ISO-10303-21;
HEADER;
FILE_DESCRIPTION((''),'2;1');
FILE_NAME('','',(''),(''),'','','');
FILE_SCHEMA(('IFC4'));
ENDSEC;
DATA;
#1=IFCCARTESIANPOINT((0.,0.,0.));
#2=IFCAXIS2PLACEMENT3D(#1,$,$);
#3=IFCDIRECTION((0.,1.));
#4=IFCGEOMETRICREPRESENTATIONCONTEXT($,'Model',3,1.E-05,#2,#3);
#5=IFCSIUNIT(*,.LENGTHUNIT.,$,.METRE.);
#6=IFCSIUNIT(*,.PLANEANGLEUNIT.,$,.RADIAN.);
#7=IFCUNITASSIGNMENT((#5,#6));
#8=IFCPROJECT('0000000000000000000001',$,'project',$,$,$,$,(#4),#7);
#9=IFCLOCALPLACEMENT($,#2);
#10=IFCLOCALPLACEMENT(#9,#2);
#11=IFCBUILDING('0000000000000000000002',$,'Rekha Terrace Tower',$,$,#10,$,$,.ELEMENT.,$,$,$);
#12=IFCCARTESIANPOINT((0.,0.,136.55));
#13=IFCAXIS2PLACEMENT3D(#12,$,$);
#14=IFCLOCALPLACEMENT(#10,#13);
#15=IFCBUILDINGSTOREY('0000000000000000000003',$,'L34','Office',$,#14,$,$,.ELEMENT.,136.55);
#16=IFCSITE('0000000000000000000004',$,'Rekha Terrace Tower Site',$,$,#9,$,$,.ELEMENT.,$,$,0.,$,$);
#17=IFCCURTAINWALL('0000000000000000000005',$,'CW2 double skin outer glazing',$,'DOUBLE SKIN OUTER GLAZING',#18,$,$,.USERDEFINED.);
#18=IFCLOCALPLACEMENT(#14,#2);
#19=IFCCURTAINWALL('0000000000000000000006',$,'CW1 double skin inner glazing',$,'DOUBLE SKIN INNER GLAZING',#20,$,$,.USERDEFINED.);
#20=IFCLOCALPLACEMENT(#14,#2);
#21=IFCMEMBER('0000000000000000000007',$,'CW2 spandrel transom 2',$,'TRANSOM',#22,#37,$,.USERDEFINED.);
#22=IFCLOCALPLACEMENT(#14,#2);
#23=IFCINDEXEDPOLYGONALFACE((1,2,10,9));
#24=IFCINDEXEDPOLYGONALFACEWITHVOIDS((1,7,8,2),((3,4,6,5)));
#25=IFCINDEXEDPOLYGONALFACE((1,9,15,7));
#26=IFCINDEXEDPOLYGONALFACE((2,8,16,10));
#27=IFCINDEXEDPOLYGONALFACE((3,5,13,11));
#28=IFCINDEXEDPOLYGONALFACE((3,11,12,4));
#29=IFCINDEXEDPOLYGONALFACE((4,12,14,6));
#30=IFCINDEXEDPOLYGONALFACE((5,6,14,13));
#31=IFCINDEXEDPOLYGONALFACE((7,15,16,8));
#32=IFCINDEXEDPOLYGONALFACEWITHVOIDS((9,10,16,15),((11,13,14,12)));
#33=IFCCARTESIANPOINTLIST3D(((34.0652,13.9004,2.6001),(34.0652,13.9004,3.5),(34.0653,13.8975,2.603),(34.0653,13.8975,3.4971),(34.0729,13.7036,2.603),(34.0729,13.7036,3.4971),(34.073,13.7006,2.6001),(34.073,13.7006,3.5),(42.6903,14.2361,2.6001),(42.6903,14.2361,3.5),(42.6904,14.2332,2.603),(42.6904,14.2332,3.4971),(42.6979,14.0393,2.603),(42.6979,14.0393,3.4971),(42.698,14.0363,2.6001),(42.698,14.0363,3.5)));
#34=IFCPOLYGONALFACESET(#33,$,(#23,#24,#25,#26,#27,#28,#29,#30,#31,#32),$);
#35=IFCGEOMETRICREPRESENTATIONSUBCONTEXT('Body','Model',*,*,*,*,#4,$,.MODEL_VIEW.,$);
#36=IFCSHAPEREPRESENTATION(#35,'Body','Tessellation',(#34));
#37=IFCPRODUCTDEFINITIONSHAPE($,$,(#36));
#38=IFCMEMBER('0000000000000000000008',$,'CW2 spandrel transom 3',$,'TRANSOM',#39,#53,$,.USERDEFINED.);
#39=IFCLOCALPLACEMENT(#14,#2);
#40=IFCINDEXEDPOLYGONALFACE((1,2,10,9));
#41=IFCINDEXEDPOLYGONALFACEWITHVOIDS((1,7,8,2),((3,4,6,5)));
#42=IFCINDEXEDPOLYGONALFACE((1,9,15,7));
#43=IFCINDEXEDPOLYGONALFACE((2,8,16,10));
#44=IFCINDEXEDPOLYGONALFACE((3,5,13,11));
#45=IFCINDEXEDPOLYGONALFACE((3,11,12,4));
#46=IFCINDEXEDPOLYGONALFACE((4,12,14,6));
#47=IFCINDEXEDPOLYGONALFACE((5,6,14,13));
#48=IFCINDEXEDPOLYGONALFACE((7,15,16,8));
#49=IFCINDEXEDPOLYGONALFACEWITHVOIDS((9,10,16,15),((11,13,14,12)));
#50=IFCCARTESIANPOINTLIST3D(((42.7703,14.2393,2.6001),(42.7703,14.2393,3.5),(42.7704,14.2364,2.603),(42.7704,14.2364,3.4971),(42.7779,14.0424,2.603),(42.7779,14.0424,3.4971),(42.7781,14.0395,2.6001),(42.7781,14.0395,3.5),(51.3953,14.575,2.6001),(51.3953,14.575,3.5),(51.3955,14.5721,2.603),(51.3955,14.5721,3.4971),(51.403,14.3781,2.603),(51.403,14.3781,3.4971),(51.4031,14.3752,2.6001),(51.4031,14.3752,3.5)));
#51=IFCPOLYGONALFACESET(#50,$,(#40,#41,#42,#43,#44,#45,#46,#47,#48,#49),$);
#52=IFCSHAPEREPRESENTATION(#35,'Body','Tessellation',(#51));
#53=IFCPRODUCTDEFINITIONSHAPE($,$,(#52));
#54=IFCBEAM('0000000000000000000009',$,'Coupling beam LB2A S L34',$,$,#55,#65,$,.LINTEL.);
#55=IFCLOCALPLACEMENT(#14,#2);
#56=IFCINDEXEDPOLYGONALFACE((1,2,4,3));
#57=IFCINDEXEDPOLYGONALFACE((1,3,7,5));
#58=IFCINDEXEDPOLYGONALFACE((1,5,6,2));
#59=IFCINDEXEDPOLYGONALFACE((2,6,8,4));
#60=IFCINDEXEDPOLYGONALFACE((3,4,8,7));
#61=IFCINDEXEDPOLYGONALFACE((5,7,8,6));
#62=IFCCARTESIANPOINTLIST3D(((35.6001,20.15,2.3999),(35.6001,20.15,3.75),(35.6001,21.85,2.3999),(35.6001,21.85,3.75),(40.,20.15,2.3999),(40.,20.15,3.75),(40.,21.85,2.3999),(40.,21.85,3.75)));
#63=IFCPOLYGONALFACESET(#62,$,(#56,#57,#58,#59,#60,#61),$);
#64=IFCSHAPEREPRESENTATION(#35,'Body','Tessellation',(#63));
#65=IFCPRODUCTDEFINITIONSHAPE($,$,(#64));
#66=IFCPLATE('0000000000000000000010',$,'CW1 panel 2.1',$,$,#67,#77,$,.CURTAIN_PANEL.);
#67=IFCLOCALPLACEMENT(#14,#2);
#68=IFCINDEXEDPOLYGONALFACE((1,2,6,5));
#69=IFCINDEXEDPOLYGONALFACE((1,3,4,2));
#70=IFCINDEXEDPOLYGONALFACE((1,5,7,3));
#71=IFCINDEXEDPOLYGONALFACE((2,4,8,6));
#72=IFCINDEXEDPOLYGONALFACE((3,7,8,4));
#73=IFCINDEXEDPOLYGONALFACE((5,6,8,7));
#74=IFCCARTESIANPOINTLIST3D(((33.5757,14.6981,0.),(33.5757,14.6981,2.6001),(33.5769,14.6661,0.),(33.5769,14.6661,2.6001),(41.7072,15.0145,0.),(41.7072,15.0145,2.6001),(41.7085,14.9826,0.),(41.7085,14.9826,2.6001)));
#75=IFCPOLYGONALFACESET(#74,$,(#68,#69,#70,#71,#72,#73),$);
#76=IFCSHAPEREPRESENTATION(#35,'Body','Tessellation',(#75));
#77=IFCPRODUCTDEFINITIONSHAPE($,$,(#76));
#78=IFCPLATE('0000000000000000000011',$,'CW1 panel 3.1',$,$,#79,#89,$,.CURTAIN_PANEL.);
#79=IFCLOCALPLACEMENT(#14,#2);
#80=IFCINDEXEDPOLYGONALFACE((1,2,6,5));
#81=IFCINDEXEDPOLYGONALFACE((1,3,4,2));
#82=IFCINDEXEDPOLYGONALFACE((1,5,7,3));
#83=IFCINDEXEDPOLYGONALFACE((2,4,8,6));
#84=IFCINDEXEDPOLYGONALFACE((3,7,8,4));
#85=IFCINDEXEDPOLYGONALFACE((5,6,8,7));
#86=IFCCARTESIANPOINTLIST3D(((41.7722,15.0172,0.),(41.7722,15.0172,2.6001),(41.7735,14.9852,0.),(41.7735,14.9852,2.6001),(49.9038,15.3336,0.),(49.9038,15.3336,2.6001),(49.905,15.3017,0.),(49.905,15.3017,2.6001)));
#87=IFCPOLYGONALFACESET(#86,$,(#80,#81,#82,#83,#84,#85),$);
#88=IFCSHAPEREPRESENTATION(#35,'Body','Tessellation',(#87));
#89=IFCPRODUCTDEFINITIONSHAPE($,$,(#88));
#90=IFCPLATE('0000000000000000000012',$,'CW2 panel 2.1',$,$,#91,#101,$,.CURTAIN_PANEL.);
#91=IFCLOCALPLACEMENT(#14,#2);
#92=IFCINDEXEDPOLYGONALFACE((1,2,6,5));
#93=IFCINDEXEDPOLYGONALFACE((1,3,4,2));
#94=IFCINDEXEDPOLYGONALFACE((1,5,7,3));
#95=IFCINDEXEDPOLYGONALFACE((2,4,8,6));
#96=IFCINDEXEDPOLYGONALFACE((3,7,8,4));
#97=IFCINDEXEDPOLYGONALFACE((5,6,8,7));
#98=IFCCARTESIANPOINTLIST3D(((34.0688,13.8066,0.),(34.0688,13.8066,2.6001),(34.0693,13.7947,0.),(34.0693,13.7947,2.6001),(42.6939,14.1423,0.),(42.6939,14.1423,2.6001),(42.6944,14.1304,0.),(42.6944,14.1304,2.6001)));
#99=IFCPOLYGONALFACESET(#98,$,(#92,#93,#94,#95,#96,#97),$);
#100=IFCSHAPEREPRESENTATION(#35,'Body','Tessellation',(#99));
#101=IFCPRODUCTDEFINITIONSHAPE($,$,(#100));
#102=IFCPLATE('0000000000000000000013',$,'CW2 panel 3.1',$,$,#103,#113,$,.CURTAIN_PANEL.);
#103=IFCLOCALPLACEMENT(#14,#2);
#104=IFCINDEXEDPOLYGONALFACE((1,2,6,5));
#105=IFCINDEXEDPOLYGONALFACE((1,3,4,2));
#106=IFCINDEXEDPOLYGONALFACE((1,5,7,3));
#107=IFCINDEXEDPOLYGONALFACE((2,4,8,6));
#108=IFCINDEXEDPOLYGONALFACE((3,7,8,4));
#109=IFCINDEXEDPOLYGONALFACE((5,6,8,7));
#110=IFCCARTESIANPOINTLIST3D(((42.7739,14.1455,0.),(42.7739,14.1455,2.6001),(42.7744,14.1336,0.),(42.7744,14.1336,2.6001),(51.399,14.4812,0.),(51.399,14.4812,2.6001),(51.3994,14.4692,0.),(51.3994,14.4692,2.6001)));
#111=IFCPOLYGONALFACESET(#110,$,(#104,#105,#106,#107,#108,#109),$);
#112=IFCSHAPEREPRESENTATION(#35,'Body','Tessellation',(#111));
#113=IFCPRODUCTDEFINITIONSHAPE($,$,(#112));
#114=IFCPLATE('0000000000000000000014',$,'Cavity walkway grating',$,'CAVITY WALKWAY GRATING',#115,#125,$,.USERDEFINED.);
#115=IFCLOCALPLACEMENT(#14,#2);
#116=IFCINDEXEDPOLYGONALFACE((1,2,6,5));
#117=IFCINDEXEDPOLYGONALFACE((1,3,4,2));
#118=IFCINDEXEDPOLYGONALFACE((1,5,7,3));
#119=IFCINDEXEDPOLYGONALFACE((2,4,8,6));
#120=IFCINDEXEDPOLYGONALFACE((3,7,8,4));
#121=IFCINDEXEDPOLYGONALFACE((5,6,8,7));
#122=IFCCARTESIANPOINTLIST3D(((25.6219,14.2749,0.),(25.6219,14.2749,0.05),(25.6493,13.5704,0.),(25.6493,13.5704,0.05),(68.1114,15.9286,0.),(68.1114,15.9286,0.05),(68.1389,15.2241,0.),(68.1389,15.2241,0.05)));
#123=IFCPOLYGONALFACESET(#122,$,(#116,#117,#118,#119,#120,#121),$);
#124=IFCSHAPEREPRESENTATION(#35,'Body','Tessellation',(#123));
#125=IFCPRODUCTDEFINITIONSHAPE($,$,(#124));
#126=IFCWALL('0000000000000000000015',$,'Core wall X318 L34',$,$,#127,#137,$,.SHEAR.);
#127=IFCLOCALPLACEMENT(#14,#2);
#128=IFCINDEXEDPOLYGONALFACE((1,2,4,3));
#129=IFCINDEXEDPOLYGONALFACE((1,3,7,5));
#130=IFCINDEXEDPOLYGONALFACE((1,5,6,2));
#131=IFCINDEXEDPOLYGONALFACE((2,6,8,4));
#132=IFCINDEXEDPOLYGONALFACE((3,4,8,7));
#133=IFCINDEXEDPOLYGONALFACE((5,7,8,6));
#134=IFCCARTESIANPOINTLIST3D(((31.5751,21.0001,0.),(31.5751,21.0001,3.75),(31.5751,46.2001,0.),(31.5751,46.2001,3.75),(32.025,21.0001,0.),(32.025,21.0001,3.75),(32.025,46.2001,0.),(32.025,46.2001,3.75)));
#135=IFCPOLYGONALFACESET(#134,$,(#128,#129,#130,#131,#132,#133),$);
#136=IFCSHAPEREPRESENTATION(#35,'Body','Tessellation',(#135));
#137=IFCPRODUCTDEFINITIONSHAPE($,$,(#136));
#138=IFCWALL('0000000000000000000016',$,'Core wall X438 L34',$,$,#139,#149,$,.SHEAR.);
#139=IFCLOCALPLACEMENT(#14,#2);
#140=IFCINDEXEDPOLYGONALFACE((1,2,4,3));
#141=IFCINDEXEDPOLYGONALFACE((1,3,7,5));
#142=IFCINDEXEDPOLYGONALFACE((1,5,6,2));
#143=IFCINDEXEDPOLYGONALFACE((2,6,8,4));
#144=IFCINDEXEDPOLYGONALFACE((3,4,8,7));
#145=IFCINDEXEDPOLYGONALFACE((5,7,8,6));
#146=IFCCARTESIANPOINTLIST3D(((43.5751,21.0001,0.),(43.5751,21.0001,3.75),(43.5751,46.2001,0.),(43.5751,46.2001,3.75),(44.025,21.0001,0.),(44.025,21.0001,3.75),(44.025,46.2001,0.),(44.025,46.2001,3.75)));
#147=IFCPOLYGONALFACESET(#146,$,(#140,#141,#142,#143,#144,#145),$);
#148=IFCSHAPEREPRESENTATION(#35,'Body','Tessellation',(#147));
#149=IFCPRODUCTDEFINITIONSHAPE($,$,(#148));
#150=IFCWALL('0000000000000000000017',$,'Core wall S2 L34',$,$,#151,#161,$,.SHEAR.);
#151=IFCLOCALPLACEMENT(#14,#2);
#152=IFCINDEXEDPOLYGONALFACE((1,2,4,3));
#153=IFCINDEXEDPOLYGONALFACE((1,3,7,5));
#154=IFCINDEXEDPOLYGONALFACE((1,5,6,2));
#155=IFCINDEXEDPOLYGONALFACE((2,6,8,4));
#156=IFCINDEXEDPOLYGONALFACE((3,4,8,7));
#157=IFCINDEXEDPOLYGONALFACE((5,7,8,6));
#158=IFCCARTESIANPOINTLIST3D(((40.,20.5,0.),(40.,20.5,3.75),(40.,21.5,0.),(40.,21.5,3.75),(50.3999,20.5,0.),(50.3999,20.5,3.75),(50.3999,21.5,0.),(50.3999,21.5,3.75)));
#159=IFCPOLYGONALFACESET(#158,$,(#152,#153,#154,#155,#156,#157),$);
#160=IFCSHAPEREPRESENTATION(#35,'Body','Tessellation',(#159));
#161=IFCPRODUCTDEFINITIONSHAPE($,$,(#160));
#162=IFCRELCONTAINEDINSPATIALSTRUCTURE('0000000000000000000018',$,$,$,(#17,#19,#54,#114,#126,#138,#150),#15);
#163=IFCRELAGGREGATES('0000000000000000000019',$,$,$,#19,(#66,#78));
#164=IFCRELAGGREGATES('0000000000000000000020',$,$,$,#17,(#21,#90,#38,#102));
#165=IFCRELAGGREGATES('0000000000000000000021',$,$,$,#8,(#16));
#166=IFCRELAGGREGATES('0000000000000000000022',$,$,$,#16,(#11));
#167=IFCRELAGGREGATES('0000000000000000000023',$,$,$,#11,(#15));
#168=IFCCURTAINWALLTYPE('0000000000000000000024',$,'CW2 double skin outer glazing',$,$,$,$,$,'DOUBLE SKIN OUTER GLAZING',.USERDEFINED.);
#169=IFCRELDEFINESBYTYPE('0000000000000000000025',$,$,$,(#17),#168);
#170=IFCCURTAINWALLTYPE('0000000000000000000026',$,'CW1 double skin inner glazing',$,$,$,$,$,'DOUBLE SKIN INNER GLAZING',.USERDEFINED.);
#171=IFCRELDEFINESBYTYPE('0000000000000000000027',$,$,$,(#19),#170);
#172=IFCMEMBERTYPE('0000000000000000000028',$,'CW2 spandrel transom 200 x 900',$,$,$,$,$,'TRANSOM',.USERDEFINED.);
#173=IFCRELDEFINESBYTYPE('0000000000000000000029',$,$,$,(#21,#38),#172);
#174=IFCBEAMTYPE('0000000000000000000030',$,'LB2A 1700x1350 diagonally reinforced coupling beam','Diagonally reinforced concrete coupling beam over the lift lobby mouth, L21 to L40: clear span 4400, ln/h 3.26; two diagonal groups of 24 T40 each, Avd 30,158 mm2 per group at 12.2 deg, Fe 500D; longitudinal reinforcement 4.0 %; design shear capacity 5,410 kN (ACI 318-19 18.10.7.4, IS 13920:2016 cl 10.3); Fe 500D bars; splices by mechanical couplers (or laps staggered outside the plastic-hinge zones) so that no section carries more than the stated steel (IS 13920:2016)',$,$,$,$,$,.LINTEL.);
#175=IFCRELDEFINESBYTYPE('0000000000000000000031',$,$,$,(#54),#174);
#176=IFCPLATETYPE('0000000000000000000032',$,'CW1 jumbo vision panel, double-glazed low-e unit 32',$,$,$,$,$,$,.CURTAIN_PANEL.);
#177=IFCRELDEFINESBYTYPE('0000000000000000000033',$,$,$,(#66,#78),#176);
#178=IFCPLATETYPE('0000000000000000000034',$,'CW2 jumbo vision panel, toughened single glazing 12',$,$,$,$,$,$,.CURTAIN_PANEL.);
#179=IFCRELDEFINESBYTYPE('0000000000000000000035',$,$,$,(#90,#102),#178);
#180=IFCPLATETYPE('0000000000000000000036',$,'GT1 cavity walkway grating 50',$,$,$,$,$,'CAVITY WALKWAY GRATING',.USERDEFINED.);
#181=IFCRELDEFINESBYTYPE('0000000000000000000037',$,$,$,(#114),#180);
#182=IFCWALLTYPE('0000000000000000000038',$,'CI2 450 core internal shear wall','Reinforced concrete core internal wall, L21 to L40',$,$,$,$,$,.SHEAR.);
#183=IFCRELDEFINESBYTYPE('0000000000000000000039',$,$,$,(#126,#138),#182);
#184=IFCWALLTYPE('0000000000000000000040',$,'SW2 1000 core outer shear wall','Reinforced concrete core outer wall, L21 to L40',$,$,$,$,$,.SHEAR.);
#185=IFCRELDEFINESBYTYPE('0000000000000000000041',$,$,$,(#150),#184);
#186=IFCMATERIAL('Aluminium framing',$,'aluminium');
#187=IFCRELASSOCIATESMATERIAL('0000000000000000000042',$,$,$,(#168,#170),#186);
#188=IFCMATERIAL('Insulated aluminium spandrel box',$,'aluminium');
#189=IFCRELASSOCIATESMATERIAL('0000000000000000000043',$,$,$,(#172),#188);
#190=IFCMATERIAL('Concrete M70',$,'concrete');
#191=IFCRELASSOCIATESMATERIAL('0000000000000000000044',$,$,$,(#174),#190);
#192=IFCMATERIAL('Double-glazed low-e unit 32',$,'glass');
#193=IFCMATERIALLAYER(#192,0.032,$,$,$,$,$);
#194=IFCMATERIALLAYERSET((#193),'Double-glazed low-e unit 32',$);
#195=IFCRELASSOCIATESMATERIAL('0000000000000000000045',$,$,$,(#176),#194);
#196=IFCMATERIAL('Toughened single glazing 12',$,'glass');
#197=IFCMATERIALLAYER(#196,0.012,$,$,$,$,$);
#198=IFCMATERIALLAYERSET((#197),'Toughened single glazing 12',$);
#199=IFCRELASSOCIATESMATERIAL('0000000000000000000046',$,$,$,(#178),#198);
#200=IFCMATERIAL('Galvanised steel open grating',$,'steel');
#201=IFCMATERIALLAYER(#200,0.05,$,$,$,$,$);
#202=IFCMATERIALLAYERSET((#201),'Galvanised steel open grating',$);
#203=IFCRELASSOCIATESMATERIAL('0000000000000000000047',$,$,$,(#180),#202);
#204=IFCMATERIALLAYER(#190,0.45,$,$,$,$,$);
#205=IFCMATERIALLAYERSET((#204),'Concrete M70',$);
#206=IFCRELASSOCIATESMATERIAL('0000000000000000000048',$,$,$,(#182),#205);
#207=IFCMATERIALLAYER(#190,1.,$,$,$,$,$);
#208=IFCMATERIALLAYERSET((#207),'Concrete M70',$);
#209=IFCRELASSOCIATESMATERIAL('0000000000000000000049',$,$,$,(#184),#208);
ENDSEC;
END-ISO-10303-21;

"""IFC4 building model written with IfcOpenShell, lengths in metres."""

from ifc_helpers import new_model, si_unit, direction, frame, frame_2d, origin, origin_2d, place, context, subcontext, project, spatial, rectangle, hollow_rectangle, extrude, material, layer, layer_set, material_profile, profile_set, type_object, element, aggregate, save


model = new_model("IFC4")

# Units and contexts
model_context = context("Model", 3, precision=1e-05, world=origin(), true_north=direction((0.0, 1.0)))
body_context = subcontext(model_context, "Body", "Model", "MODEL_VIEW")
ifc_project = project(units=[si_unit("LENGTHUNIT", "METRE"), si_unit("PLANEANGLEUNIT", "RADIAN")], contexts=[model_context])

# Site, building, storey
site_placement = place(None, origin())
site = spatial("IfcSite", under=ifc_project, at=site_placement, Name="Rekha Terrace Tower Site", CompositionType="ELEMENT", RefElevation=0.0)
building_placement = place(site_placement, origin())
building = spatial("IfcBuilding", under=site, at=building_placement, Name="Rekha Terrace Tower", CompositionType="ELEMENT")
storey_placement = place(building_placement, frame((0.0, 0.0, 136.55)))
storey = spatial("IfcBuildingStorey", under=building, at=storey_placement, Name="L34", Description="Office", CompositionType="ELEMENT", Elevation=136.55)

# Shared definitions
ifc_material_1 = material(Name="Concrete M70", Category="concrete")

# Curtain walls
ifc_material_2 = material(Name="Aluminium framing", Category="aluminium")
curtain_wall_type_1 = type_object("IfcCurtainWallType", Name="CW2 double skin outer glazing", ElementType="DOUBLE SKIN OUTER GLAZING", PredefinedType="USERDEFINED", material=ifc_material_2)
curtain_wall_1_placement = place(storey_placement, origin())
curtain_wall_1 = element("IfcCurtainWall", 1, at=curtain_wall_1_placement, inside=storey, type_object=curtain_wall_type_1, Name="CW2 double skin outer glazing", ObjectType="DOUBLE SKIN OUTER GLAZING", PredefinedType="USERDEFINED")
curtain_wall_type_2 = type_object("IfcCurtainWallType", Name="CW1 double skin inner glazing", ElementType="DOUBLE SKIN INNER GLAZING", PredefinedType="USERDEFINED", material=ifc_material_2)
curtain_wall_2_placement = place(storey_placement, origin())
curtain_wall_2 = element("IfcCurtainWall", 2, at=curtain_wall_2_placement, inside=storey, type_object=curtain_wall_type_2, Name="CW1 double skin inner glazing", ObjectType="DOUBLE SKIN INNER GLAZING", PredefinedType="USERDEFINED")
ifc_material_3 = material(Name="Insulated aluminium spandrel box", Category="aluminium")

# Members
ifc_material_profile_1 = material_profile(ifc_material_3, hollow_rectangle(XDim=0.2, YDim=0.8999, WallThickness=0.0029, at=origin_2d()), Name="AL SPANDREL BOX 200x900")
ifc_profile_set_1 = profile_set([ifc_material_profile_1], Name="Insulated aluminium spandrel box")
member_type_1 = type_object("IfcMemberType", Name="CW2 spandrel transom 200 x 900", ElementType="TRANSOM", PredefinedType="USERDEFINED", material=ifc_profile_set_1)
member_1_placement = place(storey_placement, frame((34.0691, 13.8005, 3.05), z_axis=(0.999243, 0.038892, 0.0), x_axis=(-0.038892, 0.999243, 0.0)))
member_1 = element("IfcMember", 3, at=member_1_placement, type_object=member_type_1, Name="CW2 spandrel transom 2", ObjectType="TRANSOM", PredefinedType="USERDEFINED", context=body_context, shape_type="SweptSolid", body=[
    extrude(hollow_rectangle(XDim=0.2, YDim=0.8999, WallThickness=0.0029, at=origin_2d()), origin(), (0.0, 0.0, 1.0), 8.6316),
])
member_2_placement = place(storey_placement, frame((42.7742, 14.1394, 3.05), z_axis=(0.999243, 0.038892, 0.0), x_axis=(-0.038892, 0.999243, 0.0)))
member_2 = element("IfcMember", 4, at=member_2_placement, type_object=member_type_1, Name="CW2 spandrel transom 3", ObjectType="TRANSOM", PredefinedType="USERDEFINED", context=body_context, shape_type="SweptSolid", body=[
    extrude(hollow_rectangle(XDim=0.2, YDim=0.8999, WallThickness=0.0029, at=origin_2d()), origin(), (0.0, 0.0, 1.0), 8.6316),
])

# Beam
ifc_material_profile_2 = material_profile(ifc_material_1, rectangle(XDim=1.7, YDim=1.3501, at=origin_2d()), Name="RC 1700x1350")
ifc_profile_set_2 = profile_set([ifc_material_profile_2], Name="Concrete M70")
beam_type = type_object("IfcBeamType", Name="LB2A 1700x1350 diagonally reinforced coupling beam", Description="Diagonally reinforced concrete coupling beam over the lift lobby mouth, L21 to L40: clear span 4400, ln/h 3.26; two diagonal groups of 24 T40 each, Avd 30,158 mm2 per group at 12.2 deg, Fe 500D; longitudinal reinforcement 4.0 %; design shear capacity 5,410 kN (ACI 318-19 18.10.7.4, IS 13920:2016 cl 10.3); Fe 500D bars; splices by mechanical couplers (or laps staggered outside the plastic-hinge zones) so that no section carries more than the stated steel (IS 13920:2016)", PredefinedType="LINTEL", material=ifc_profile_set_2)
beam_placement = place(storey_placement, frame((35.6001, 21.0, 3.075), z_axis=(1.0, 0.0, 0.0), x_axis=(0.0, 1.0, 0.0)))
element("IfcBeam", 5, at=beam_placement, inside=storey, type_object=beam_type, Name="Coupling beam LB2A S L34", PredefinedType="LINTEL", context=body_context, shape_type="SweptSolid", body=[
    extrude(rectangle(XDim=1.7, YDim=1.3501, at=origin_2d()), origin(), (0.0, 0.0, 1.0), 4.3999),
])

# Plates
ifc_material_4 = material(Name="Double-glazed low-e unit 32", Category="glass")
ifc_layer_1 = layer(ifc_material_4, 0.032)
ifc_layer_set_1 = layer_set([ifc_layer_1], Name="Double-glazed low-e unit 32")
plate_type_1 = type_object("IfcPlateType", Name="CW1 jumbo vision panel, double-glazed low-e unit 32", PredefinedType="CURTAIN_PANEL", material=ifc_layer_set_1)
plate_1_placement = place(storey_placement, frame((37.6421, 14.8403, 0.0), z_axis=(0.0, 0.0, 1.0), x_axis=(0.999243, 0.03889, 0.0)))
plate_1 = element("IfcPlate", 6, at=plate_1_placement, type_object=plate_type_1, Name="CW1 panel 2.1", PredefinedType="CURTAIN_PANEL", context=body_context, shape_type="SweptSolid", body=[
    extrude(rectangle(XDim=8.1377, YDim=0.032, at=origin_2d()), origin(), (0.0, 0.0, 1.0), 2.6001),
])
plate_2_placement = place(storey_placement, frame((45.8386, 15.1594, 0.0), z_axis=(0.0, 0.0, 1.0), x_axis=(0.999243, 0.03889, 0.0)))
plate_2 = element("IfcPlate", 7, at=plate_2_placement, type_object=plate_type_1, Name="CW1 panel 3.1", PredefinedType="CURTAIN_PANEL", context=body_context, shape_type="SweptSolid", body=[
    extrude(rectangle(XDim=8.1377, YDim=0.032, at=origin_2d()), origin(), (0.0, 0.0, 1.0), 2.6001),
])
aggregate(curtain_wall_2, [plate_1, plate_2])
ifc_material_5 = material(Name="Toughened single glazing 12", Category="glass")
ifc_layer_2 = layer(ifc_material_5, 0.012)
ifc_layer_set_2 = layer_set([ifc_layer_2], Name="Toughened single glazing 12")
plate_type_2 = type_object("IfcPlateType", Name="CW2 jumbo vision panel, toughened single glazing 12", PredefinedType="CURTAIN_PANEL", material=ifc_layer_set_2)
plate_3_placement = place(storey_placement, frame((38.3816, 13.9685, 0.0), z_axis=(0.0, 0.0, 1.0), x_axis=(0.999243, 0.03889, 0.0)))
plate_3 = element("IfcPlate", 8, at=plate_3_placement, type_object=plate_type_2, Name="CW2 panel 2.1", PredefinedType="CURTAIN_PANEL", context=body_context, shape_type="SweptSolid", body=[
    extrude(rectangle(XDim=8.6316, YDim=0.012, at=origin_2d()), origin(), (0.0, 0.0, 1.0), 2.6001),
])
plate_4_placement = place(storey_placement, frame((47.0867, 14.3074, 0.0), z_axis=(0.0, 0.0, 1.0), x_axis=(0.999243, 0.03889, 0.0)))
plate_4 = element("IfcPlate", 9, at=plate_4_placement, type_object=plate_type_2, Name="CW2 panel 3.1", PredefinedType="CURTAIN_PANEL", context=body_context, shape_type="SweptSolid", body=[
    extrude(rectangle(XDim=8.6316, YDim=0.012, at=origin_2d()), origin(), (0.0, 0.0, 1.0), 2.6001),
])
aggregate(curtain_wall_1, [member_1, plate_3, member_2, plate_4])
ifc_material_6 = material(Name="Galvanised steel open grating", Category="steel")
ifc_layer_3 = layer(ifc_material_6, 0.05)
ifc_layer_set_3 = layer_set([ifc_layer_3], Name="Galvanised steel open grating")
plate_type_3 = type_object("IfcPlateType", Name="GT1 cavity walkway grating 50", ElementType="CAVITY WALKWAY GRATING", PredefinedType="USERDEFINED", material=ifc_layer_set_3)
plate_5_placement = place(storey_placement, frame((46.8804, 14.7495, 0.0), z_axis=(0.0, 0.0, 1.0), x_axis=(0.999243, 0.03889, 0.0)))
element("IfcPlate", 10, at=plate_5_placement, inside=storey, type_object=plate_type_3, Name="Cavity walkway grating", ObjectType="CAVITY WALKWAY GRATING", PredefinedType="USERDEFINED", context=body_context, shape_type="SweptSolid", body=[
    extrude(rectangle(XDim=42.5217, YDim=0.7051, at=origin_2d()), origin(), (0.0, 0.0, 1.0), 0.05),
])

# Walls
ifc_layer_4 = layer(ifc_material_1, 0.45)
ifc_layer_set_4 = layer_set([ifc_layer_4], Name="Concrete M70")
wall_type_1 = type_object("IfcWallType", Name="CI2 450 core internal shear wall", Description="Reinforced concrete core internal wall, L21 to L40", PredefinedType="SHEAR", material=ifc_layer_set_4)
for number, where, z_axis, x_axis, name in (
    (11, (31.8, 21.0, 0.0), (0.0, 0.0, 1.0), (0.0, 1.0, 0.0), "Core wall X318 L34"),
    (12, (43.8, 21.0, 0.0), (0.0, 0.0, 1.0), (0.0, 1.0, 0.0), "Core wall X438 L34"),
):
    element("IfcWall", number, at=place(storey_placement, frame(where, z_axis=z_axis, x_axis=x_axis)), inside=storey, type_object=wall_type_1, Name=name, PredefinedType="SHEAR", context=body_context, shape_type="SweptSolid", body=[
        extrude(rectangle(XDim=25.2, YDim=0.45, at=frame_2d((12.6001, 0.0))), origin(), (0.0, 0.0, 1.0), 3.75),
    ])
ifc_layer_5 = layer(ifc_material_1, 1.0)
ifc_layer_set_5 = layer_set([ifc_layer_5], Name="Concrete M70")
wall_type_2 = type_object("IfcWallType", Name="SW2 1000 core outer shear wall", Description="Reinforced concrete core outer wall, L21 to L40", PredefinedType="SHEAR", material=ifc_layer_set_5)
wall_1_placement = place(storey_placement, frame((40.0, 21.0, 0.0), z_axis=(0.0, 0.0, 1.0), x_axis=(1.0, 0.0, 0.0)))
element("IfcWall", 13, at=wall_1_placement, inside=storey, type_object=wall_type_2, Name="Core wall S2 L34", PredefinedType="SHEAR", context=body_context, shape_type="SweptSolid", body=[
    extrude(rectangle(XDim=10.3999, YDim=1.0, at=frame_2d((5.2, 0.0))), origin(), (0.0, 0.0, 1.0), 3.75),
])

save(model, "model.ifc")
